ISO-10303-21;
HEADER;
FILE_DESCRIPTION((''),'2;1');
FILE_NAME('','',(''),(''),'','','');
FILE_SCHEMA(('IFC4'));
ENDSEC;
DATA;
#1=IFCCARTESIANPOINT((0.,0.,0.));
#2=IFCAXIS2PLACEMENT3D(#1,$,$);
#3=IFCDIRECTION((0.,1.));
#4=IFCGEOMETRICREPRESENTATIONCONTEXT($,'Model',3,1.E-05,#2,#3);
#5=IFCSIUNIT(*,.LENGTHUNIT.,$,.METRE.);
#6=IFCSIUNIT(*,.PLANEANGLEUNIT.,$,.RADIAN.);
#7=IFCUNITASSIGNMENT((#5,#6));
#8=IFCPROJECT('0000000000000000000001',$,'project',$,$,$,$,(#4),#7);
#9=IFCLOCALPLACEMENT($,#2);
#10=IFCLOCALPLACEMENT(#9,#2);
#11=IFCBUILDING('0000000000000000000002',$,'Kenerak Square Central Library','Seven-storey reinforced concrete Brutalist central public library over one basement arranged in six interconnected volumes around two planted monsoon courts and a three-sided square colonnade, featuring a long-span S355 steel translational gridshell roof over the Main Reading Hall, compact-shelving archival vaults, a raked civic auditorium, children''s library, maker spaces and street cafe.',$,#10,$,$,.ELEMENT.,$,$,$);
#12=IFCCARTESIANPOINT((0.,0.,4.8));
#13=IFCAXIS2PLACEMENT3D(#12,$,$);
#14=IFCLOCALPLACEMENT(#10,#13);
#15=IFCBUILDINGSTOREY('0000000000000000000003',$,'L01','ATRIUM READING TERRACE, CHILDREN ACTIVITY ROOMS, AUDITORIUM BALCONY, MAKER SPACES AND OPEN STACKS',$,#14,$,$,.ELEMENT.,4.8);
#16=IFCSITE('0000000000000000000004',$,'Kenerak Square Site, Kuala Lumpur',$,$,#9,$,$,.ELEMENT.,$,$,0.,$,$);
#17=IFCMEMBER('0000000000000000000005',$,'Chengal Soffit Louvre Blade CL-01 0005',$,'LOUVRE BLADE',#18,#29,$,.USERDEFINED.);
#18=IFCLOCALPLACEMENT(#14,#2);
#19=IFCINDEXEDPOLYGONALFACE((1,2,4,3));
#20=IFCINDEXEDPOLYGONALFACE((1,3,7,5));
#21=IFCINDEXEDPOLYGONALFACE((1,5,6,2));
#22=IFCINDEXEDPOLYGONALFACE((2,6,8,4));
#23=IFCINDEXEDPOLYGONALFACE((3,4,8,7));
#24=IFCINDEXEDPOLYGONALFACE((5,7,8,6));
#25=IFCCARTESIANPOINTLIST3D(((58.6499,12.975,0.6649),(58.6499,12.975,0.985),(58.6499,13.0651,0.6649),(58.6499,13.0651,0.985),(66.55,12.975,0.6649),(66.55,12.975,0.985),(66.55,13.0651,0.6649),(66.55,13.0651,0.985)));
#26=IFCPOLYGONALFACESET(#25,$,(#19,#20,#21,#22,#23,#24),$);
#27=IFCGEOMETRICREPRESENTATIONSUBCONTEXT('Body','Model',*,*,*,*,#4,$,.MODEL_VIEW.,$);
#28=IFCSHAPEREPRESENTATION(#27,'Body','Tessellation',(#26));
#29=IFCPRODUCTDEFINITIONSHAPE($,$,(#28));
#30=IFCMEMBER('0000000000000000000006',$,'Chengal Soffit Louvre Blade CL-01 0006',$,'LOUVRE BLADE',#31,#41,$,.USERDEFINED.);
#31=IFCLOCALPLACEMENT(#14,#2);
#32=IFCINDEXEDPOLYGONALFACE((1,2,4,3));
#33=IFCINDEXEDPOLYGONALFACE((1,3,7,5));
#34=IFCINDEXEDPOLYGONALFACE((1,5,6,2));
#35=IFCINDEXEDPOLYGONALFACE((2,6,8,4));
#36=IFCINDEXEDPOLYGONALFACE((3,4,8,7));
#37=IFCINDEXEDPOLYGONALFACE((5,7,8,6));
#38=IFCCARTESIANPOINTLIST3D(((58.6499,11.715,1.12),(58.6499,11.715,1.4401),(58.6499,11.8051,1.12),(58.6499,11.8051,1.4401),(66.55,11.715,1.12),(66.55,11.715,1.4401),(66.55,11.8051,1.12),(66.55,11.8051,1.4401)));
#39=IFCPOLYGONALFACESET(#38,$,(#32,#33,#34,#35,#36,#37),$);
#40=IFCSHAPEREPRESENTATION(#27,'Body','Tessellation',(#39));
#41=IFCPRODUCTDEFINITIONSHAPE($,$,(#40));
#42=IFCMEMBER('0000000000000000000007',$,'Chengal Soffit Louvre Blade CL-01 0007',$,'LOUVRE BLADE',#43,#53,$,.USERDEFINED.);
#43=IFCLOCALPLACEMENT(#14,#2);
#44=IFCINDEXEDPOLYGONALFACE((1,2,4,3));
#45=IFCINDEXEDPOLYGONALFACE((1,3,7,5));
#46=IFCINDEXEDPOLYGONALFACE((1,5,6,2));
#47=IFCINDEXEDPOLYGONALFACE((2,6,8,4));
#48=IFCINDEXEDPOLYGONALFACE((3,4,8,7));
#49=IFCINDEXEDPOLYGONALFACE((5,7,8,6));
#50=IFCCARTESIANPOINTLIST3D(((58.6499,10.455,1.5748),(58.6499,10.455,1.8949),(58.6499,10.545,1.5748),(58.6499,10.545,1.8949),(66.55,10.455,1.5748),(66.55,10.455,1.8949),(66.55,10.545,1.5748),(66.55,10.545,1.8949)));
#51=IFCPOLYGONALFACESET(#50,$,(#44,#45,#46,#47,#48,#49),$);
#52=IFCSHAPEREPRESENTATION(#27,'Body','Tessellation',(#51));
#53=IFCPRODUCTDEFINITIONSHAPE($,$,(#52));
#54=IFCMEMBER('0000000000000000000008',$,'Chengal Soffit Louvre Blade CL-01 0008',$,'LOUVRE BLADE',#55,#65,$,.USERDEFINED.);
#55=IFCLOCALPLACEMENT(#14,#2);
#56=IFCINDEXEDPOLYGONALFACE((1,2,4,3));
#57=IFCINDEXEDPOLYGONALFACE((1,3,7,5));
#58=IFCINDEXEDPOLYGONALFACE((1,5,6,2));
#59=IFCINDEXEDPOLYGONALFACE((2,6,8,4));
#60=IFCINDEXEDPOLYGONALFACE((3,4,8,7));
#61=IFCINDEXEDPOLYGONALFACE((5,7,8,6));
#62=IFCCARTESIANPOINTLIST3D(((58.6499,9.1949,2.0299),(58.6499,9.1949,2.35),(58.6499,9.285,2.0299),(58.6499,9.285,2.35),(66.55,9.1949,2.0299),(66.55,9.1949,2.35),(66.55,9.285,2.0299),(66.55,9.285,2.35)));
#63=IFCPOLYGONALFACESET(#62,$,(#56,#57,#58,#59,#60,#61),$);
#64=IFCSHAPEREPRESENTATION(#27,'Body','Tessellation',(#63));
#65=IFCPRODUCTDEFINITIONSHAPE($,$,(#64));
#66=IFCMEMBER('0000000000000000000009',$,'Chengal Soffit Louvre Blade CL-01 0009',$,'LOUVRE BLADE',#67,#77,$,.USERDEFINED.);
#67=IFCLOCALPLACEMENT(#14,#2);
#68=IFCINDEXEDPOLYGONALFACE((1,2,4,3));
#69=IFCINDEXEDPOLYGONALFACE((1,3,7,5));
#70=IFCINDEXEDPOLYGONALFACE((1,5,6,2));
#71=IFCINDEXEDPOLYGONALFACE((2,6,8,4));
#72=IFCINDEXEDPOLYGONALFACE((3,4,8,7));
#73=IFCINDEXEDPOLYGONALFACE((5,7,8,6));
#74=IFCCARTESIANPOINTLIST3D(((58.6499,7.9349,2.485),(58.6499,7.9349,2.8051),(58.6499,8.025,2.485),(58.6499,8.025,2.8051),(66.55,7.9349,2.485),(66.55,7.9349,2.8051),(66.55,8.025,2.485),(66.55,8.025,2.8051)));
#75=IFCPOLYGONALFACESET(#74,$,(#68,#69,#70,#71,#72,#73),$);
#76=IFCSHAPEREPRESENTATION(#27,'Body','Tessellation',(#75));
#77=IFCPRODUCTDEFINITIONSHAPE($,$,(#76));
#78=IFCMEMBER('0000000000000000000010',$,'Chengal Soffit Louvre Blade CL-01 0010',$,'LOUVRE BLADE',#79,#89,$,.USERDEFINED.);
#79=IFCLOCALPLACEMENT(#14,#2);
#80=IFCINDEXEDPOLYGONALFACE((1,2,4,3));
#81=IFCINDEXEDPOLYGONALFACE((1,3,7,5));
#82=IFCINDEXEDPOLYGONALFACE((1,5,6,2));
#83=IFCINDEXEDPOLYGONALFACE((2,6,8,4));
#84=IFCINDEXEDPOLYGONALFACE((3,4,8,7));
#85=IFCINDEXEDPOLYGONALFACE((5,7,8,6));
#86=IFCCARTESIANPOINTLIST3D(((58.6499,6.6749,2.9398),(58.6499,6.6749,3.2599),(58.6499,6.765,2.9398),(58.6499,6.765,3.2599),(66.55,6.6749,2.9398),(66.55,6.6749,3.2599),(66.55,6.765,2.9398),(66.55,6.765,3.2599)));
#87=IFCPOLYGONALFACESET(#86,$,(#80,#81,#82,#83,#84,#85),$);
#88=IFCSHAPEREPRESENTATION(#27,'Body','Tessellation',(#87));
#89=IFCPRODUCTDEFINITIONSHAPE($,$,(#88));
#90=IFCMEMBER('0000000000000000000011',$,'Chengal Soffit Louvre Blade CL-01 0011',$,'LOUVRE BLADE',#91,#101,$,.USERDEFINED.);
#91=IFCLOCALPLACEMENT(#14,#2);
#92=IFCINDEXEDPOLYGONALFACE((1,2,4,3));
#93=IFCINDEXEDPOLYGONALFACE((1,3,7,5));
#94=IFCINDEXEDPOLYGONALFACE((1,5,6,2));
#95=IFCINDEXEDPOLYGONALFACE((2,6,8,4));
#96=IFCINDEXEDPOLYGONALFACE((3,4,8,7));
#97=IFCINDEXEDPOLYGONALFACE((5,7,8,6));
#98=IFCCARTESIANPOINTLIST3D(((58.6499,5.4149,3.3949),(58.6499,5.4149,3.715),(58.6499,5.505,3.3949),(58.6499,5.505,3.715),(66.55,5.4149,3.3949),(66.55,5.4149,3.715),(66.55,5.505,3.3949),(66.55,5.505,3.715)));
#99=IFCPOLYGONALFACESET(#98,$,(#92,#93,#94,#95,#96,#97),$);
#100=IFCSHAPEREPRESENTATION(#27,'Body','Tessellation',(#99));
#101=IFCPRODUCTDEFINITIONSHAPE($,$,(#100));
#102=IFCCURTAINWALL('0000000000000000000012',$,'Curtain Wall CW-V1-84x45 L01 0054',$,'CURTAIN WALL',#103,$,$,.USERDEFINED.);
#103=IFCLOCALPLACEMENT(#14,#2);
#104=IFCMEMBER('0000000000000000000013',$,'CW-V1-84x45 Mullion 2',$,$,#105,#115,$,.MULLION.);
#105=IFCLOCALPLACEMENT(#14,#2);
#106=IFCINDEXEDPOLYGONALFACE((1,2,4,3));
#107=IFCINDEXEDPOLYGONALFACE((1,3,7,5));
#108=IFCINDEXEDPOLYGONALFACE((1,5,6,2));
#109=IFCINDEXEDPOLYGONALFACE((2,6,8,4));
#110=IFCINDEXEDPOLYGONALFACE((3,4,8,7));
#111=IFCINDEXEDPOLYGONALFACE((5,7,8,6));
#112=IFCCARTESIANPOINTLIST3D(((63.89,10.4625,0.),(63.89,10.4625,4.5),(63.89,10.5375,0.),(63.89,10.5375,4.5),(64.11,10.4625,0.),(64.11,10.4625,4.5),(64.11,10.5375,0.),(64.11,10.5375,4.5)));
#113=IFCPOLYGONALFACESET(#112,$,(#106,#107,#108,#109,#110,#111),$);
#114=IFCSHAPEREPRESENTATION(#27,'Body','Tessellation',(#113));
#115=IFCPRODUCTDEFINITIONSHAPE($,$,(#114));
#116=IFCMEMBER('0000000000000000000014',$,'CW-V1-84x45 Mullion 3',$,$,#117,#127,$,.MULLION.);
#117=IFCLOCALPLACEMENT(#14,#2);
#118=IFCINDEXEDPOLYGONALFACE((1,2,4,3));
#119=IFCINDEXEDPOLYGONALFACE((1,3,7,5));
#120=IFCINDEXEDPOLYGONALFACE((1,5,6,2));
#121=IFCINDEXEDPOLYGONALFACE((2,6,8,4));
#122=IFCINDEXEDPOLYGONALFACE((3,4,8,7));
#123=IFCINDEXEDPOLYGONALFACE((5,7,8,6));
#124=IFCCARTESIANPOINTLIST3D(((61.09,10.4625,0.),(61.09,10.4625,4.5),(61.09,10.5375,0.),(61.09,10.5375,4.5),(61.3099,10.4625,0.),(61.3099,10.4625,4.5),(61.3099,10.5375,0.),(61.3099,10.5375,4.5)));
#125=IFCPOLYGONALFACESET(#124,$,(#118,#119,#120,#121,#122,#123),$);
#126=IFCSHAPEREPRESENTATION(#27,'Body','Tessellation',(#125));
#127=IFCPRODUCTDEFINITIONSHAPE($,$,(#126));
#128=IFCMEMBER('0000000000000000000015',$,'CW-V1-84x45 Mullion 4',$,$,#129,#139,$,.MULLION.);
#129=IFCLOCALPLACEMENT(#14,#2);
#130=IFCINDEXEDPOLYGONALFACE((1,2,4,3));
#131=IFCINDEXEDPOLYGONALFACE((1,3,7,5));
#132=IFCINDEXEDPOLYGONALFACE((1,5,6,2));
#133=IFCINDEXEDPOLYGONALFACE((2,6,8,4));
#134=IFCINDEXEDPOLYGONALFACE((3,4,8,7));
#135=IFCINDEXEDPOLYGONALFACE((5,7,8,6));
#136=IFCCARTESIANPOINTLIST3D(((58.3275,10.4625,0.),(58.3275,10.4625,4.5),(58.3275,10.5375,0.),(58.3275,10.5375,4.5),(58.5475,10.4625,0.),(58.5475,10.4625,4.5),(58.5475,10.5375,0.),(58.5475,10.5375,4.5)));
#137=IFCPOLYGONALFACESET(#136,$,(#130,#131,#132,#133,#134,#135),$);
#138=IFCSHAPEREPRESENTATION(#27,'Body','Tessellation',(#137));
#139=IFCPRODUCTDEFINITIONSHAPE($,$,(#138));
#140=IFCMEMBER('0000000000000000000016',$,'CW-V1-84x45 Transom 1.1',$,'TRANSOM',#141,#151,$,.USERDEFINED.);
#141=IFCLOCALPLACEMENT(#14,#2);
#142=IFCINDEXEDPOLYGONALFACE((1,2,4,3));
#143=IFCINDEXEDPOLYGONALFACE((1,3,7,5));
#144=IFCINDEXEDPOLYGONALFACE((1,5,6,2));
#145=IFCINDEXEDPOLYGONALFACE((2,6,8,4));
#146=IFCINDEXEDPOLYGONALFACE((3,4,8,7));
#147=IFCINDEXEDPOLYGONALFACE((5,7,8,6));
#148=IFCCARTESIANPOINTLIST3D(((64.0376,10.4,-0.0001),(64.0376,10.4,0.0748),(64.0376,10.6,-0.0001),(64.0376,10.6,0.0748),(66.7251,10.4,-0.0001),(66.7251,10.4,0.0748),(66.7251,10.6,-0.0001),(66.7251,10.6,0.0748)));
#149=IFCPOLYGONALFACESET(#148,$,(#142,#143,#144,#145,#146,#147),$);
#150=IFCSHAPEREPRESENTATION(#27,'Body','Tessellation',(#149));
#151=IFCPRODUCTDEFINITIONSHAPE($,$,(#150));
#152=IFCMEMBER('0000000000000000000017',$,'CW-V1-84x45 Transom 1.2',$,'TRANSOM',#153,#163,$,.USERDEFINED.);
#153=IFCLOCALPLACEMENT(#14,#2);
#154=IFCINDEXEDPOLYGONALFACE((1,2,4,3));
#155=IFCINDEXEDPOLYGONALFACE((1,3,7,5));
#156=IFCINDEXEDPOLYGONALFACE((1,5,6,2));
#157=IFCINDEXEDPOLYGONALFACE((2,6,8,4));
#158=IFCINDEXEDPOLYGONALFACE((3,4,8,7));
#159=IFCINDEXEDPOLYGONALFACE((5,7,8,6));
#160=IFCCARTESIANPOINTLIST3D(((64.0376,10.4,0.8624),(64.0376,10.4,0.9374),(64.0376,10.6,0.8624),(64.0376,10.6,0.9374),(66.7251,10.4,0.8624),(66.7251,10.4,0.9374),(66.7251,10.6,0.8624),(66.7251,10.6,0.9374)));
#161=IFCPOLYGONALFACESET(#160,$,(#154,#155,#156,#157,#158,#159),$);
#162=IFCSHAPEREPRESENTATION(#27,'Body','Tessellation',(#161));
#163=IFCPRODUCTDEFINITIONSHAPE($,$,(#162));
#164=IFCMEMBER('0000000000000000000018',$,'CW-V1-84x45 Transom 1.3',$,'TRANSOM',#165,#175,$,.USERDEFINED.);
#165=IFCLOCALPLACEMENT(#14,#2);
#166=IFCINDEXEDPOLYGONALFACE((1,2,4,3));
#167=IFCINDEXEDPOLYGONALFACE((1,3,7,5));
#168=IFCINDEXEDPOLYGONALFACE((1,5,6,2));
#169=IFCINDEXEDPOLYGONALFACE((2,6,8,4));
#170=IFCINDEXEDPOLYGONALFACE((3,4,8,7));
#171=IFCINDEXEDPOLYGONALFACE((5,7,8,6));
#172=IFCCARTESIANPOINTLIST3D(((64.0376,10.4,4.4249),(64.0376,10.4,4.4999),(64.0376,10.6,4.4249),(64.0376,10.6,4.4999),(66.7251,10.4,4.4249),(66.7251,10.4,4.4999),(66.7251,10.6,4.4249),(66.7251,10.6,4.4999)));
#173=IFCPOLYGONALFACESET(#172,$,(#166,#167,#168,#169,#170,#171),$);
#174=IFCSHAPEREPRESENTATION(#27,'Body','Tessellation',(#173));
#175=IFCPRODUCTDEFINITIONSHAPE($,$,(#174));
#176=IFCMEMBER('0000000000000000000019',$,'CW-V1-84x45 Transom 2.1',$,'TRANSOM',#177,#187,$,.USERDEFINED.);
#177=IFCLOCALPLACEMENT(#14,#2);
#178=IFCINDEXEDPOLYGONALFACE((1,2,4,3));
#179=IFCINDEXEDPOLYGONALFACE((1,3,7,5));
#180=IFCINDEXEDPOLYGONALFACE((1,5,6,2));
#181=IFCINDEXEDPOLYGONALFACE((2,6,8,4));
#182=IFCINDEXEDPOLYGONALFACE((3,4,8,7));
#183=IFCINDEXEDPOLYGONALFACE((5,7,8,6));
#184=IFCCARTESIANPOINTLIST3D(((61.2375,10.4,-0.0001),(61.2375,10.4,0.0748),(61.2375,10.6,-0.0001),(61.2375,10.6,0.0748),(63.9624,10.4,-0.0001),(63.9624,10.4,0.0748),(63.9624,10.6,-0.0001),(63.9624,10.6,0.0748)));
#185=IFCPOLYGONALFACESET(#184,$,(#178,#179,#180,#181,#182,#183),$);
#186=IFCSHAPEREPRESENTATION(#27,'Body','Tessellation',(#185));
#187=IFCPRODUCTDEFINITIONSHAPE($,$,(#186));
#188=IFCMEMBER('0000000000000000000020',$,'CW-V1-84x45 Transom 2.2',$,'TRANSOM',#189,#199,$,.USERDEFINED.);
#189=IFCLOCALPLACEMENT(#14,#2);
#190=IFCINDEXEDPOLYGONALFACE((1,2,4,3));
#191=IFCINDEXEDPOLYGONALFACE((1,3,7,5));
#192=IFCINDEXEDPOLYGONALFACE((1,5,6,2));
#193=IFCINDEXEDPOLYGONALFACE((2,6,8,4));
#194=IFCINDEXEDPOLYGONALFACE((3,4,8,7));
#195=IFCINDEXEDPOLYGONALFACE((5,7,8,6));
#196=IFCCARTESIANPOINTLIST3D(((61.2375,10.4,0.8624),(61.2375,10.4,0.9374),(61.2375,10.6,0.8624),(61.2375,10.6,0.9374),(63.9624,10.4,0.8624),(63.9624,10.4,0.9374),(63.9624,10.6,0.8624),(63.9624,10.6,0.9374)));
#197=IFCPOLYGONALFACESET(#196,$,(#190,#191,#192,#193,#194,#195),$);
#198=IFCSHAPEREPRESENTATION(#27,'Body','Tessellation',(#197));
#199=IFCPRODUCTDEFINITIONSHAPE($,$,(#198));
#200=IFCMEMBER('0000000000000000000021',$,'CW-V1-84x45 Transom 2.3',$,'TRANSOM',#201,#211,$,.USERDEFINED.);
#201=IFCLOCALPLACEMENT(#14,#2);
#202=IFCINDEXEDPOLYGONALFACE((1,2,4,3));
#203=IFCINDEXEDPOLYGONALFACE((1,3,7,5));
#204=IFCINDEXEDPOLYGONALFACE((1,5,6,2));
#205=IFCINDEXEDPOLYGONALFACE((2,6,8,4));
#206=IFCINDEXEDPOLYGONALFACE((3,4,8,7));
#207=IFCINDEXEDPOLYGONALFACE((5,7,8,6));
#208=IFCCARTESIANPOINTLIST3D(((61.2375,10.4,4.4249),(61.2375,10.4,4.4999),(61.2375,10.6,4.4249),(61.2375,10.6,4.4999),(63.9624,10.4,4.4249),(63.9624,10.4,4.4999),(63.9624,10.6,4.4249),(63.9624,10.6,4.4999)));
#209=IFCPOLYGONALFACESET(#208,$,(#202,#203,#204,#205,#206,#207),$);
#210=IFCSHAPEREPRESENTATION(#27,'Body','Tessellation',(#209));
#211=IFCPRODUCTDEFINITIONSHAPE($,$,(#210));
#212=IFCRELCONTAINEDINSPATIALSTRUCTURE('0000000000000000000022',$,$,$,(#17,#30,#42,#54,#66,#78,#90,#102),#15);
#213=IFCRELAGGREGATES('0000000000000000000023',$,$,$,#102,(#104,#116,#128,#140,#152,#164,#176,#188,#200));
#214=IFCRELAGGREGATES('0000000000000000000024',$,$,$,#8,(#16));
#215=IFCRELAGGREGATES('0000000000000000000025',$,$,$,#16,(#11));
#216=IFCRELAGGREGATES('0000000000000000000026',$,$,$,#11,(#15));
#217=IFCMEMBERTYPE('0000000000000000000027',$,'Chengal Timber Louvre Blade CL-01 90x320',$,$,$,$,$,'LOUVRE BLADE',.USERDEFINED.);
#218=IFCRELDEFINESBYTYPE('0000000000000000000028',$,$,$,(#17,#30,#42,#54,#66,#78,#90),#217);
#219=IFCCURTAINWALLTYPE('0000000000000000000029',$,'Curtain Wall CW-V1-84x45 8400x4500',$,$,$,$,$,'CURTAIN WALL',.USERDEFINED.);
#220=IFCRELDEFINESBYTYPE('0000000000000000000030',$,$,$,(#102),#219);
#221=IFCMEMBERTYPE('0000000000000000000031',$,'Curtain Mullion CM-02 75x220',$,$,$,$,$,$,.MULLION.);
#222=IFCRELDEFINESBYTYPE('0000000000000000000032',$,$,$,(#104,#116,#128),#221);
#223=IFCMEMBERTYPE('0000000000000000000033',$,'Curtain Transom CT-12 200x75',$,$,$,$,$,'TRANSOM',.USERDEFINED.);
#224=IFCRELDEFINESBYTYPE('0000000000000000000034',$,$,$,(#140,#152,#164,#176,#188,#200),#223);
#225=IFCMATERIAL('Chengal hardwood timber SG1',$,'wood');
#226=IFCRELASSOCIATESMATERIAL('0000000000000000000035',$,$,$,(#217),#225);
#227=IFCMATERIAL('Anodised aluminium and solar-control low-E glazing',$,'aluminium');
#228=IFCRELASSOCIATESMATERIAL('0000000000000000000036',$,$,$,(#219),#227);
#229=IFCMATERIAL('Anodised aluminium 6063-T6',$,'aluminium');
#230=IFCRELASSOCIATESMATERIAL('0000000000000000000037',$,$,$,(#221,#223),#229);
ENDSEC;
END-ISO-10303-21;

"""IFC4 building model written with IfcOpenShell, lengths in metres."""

from ifc_helpers import new_model, si_unit, direction, frame, origin, origin_2d, place, context, subcontext, project, spatial, rectangle, extrude, material, material_profile, profile_set, type_object, element, aggregate, save


model = new_model("IFC4")

# Units and contexts
model_context = context("Model", 3, precision=1e-05, world=origin(), true_north=direction((0.0, 1.0)))
body_context = subcontext(model_context, "Body", "Model", "MODEL_VIEW")
ifc_project = project(units=[si_unit("LENGTHUNIT", "METRE"), si_unit("PLANEANGLEUNIT", "RADIAN")], contexts=[model_context])

# Site, building, storey
site_placement = place(None, origin())
site = spatial("IfcSite", under=ifc_project, at=site_placement, Name="Kenerak Square Site, Kuala Lumpur", CompositionType="ELEMENT", RefElevation=0.0)
building_placement = place(site_placement, origin())
building = spatial("IfcBuilding", under=site, at=building_placement, Name="Kenerak Square Central Library", Description="Seven-storey reinforced concrete Brutalist central public library over one basement arranged in six interconnected volumes around two planted monsoon courts and a three-sided square colonnade, featuring a long-span S355 steel translational gridshell roof over the Main Reading Hall, compact-shelving archival vaults, a raked civic auditorium, children's library, maker spaces and street cafe.", CompositionType="ELEMENT")
storey_placement = place(building_placement, frame((0.0, 0.0, 4.8)))
storey = spatial("IfcBuildingStorey", under=building, at=storey_placement, Name="L01", Description="ATRIUM READING TERRACE, CHILDREN ACTIVITY ROOMS, AUDITORIUM BALCONY, MAKER SPACES AND OPEN STACKS", CompositionType="ELEMENT", Elevation=4.8)

# Members
ifc_material_1 = material(Name="Chengal hardwood timber SG1", Category="wood")
ifc_material_profile_1 = material_profile(ifc_material_1, rectangle(XDim=0.0901, YDim=0.3201, at=origin_2d()), Name="CHENGAL 90x320")
ifc_profile_set_1 = profile_set([ifc_material_profile_1], Name="Chengal hardwood timber SG1")
member_type_1 = type_object("IfcMemberType", Name="Chengal Timber Louvre Blade CL-01 90x320", ElementType="LOUVRE BLADE", PredefinedType="USERDEFINED", material=ifc_profile_set_1)
for number, where, z_axis, x_axis, name in (
    (1, (58.6499, 13.02, 0.825), (1.0, 0.0, 0.0), (0.0, 1.0, 0.0), "Chengal Soffit Louvre Blade CL-01 0005"),
    (2, (58.6499, 11.76, 1.28), (1.0, 0.0, 0.0), (0.0, 1.0, 0.0), "Chengal Soffit Louvre Blade CL-01 0006"),
    (3, (58.6499, 10.5, 1.7349), (1.0, 0.0, 0.0), (0.0, 1.0, 0.0), "Chengal Soffit Louvre Blade CL-01 0007"),
    (4, (58.6499, 9.24, 2.1899), (1.0, 0.0, 0.0), (0.0, 1.0, 0.0), "Chengal Soffit Louvre Blade CL-01 0008"),
    (5, (58.6499, 7.98, 2.645), (1.0, 0.0, 0.0), (0.0, 1.0, 0.0), "Chengal Soffit Louvre Blade CL-01 0009"),
    (6, (58.6499, 6.72, 3.0999), (1.0, 0.0, 0.0), (0.0, 1.0, 0.0), "Chengal Soffit Louvre Blade CL-01 0010"),
    (7, (58.6499, 5.46, 3.5549), (1.0, 0.0, 0.0), (0.0, 1.0, 0.0), "Chengal Soffit Louvre Blade CL-01 0011"),
):
    element("IfcMember", number, at=place(storey_placement, frame(where, z_axis=z_axis, x_axis=x_axis)), inside=storey, type_object=member_type_1, Name=name, ObjectType="LOUVRE BLADE", PredefinedType="USERDEFINED", context=body_context, shape_type="SweptSolid", body=[
        extrude(rectangle(XDim=0.0901, YDim=0.3201, at=origin_2d()), origin(), (0.0, 0.0, 1.0), 7.9001),
    ])

# Curtain wall, members
ifc_material_2 = material(Name="Anodised aluminium and solar-control low-E glazing", Category="aluminium")
curtain_wall_type_1 = type_object("IfcCurtainWallType", Name="Curtain Wall CW-V1-84x45 8400x4500", ElementType="CURTAIN WALL", PredefinedType="USERDEFINED", material=ifc_material_2)
curtain_wall_1_placement = place(storey_placement, origin())
curtain_wall_1 = element("IfcCurtainWall", 8, at=curtain_wall_1_placement, inside=storey, type_object=curtain_wall_type_1, Name="Curtain Wall CW-V1-84x45 L01 0054", ObjectType="CURTAIN WALL", PredefinedType="USERDEFINED")
ifc_material_3 = material(Name="Anodised aluminium 6063-T6", Category="aluminium")
ifc_material_profile_2 = material_profile(ifc_material_3, rectangle(XDim=0.075, YDim=0.22, at=origin_2d()), Name="AL MULLION 75x220")
ifc_profile_set_2 = profile_set([ifc_material_profile_2], Name="Anodised aluminium 6063-T6")
member_type_2 = type_object("IfcMemberType", Name="Curtain Mullion CM-02 75x220", PredefinedType="MULLION", material=ifc_profile_set_2)
member_1_placement = place(storey_placement, frame((64.0, 10.5, 0.0), z_axis=(0.0, 0.0, 1.0), x_axis=(0.0, -1.0, 0.0)))
member_1 = element("IfcMember", 9, at=member_1_placement, type_object=member_type_2, Name="CW-V1-84x45 Mullion 2", PredefinedType="MULLION", context=body_context, shape_type="SweptSolid", body=[
    extrude(rectangle(XDim=0.075, YDim=0.22, at=origin_2d()), origin(), (0.0, 0.0, 1.0), 4.5),
])
member_2_placement = place(storey_placement, frame((61.2, 10.5, 0.0), z_axis=(0.0, 0.0, 1.0), x_axis=(0.0, -1.0, 0.0)))
member_2 = element("IfcMember", 10, at=member_2_placement, type_object=member_type_2, Name="CW-V1-84x45 Mullion 3", PredefinedType="MULLION", context=body_context, shape_type="SweptSolid", body=[
    extrude(rectangle(XDim=0.075, YDim=0.22, at=origin_2d()), origin(), (0.0, 0.0, 1.0), 4.5),
])
member_3_placement = place(storey_placement, frame((58.4375, 10.5, 0.0), z_axis=(0.0, 0.0, 1.0), x_axis=(0.0, -1.0, 0.0)))
member_3 = element("IfcMember", 11, at=member_3_placement, type_object=member_type_2, Name="CW-V1-84x45 Mullion 4", PredefinedType="MULLION", context=body_context, shape_type="SweptSolid", body=[
    extrude(rectangle(XDim=0.075, YDim=0.22, at=origin_2d()), origin(), (0.0, 0.0, 1.0), 4.5),
])
ifc_material_profile_3 = material_profile(ifc_material_3, rectangle(XDim=0.2, YDim=0.075, at=origin_2d()), Name="AL TRANSOM 200x75")
ifc_profile_set_3 = profile_set([ifc_material_profile_3], Name="Anodised aluminium 6063-T6")
member_type_3 = type_object("IfcMemberType", Name="Curtain Transom CT-12 200x75", ElementType="TRANSOM", PredefinedType="USERDEFINED", material=ifc_profile_set_3)
member_4_placement = place(storey_placement, frame((66.7251, 10.5, 0.0374), z_axis=(-1.0, 0.0, 0.0), x_axis=(0.0, -1.0, 0.0)))
member_4 = element("IfcMember", 12, at=member_4_placement, type_object=member_type_3, Name="CW-V1-84x45 Transom 1.1", ObjectType="TRANSOM", PredefinedType="USERDEFINED", context=body_context, shape_type="SweptSolid", body=[
    extrude(rectangle(XDim=0.2, YDim=0.075, at=origin_2d()), origin(), (0.0, 0.0, 1.0), 2.6875),
])
member_5_placement = place(storey_placement, frame((66.7251, 10.5, 0.8999), z_axis=(-1.0, 0.0, 0.0), x_axis=(0.0, -1.0, 0.0)))
member_5 = element("IfcMember", 13, at=member_5_placement, type_object=member_type_3, Name="CW-V1-84x45 Transom 1.2", ObjectType="TRANSOM", PredefinedType="USERDEFINED", context=body_context, shape_type="SweptSolid", body=[
    extrude(rectangle(XDim=0.2, YDim=0.075, at=origin_2d()), origin(), (0.0, 0.0, 1.0), 2.6875),
])
member_6_placement = place(storey_placement, frame((66.7251, 10.5, 4.4624), z_axis=(-1.0, 0.0, 0.0), x_axis=(0.0, -1.0, 0.0)))
member_6 = element("IfcMember", 14, at=member_6_placement, type_object=member_type_3, Name="CW-V1-84x45 Transom 1.3", ObjectType="TRANSOM", PredefinedType="USERDEFINED", context=body_context, shape_type="SweptSolid", body=[
    extrude(rectangle(XDim=0.2, YDim=0.075, at=origin_2d()), origin(), (0.0, 0.0, 1.0), 2.6875),
])
member_7_placement = place(storey_placement, frame((63.9624, 10.5, 0.0374), z_axis=(-1.0, 0.0, 0.0), x_axis=(0.0, -1.0, 0.0)))
member_7 = element("IfcMember", 15, at=member_7_placement, type_object=member_type_3, Name="CW-V1-84x45 Transom 2.1", ObjectType="TRANSOM", PredefinedType="USERDEFINED", context=body_context, shape_type="SweptSolid", body=[
    extrude(rectangle(XDim=0.2, YDim=0.075, at=origin_2d()), origin(), (0.0, 0.0, 1.0), 2.7249),
])
member_8_placement = place(storey_placement, frame((63.9624, 10.5, 0.8999), z_axis=(-1.0, 0.0, 0.0), x_axis=(0.0, -1.0, 0.0)))
member_8 = element("IfcMember", 16, at=member_8_placement, type_object=member_type_3, Name="CW-V1-84x45 Transom 2.2", ObjectType="TRANSOM", PredefinedType="USERDEFINED", context=body_context, shape_type="SweptSolid", body=[
    extrude(rectangle(XDim=0.2, YDim=0.075, at=origin_2d()), origin(), (0.0, 0.0, 1.0), 2.7249),
])
member_9_placement = place(storey_placement, frame((63.9624, 10.5, 4.4624), z_axis=(-1.0, 0.0, 0.0), x_axis=(0.0, -1.0, 0.0)))
member_9 = element("IfcMember", 17, at=member_9_placement, type_object=member_type_3, Name="CW-V1-84x45 Transom 2.3", ObjectType="TRANSOM", PredefinedType="USERDEFINED", context=body_context, shape_type="SweptSolid", body=[
    extrude(rectangle(XDim=0.2, YDim=0.075, at=origin_2d()), origin(), (0.0, 0.0, 1.0), 2.7249),
])

aggregate(curtain_wall_1, [member_1, member_2, member_3, member_4, member_5, member_6, member_7, member_8, member_9])

save(model, "model.ifc")
